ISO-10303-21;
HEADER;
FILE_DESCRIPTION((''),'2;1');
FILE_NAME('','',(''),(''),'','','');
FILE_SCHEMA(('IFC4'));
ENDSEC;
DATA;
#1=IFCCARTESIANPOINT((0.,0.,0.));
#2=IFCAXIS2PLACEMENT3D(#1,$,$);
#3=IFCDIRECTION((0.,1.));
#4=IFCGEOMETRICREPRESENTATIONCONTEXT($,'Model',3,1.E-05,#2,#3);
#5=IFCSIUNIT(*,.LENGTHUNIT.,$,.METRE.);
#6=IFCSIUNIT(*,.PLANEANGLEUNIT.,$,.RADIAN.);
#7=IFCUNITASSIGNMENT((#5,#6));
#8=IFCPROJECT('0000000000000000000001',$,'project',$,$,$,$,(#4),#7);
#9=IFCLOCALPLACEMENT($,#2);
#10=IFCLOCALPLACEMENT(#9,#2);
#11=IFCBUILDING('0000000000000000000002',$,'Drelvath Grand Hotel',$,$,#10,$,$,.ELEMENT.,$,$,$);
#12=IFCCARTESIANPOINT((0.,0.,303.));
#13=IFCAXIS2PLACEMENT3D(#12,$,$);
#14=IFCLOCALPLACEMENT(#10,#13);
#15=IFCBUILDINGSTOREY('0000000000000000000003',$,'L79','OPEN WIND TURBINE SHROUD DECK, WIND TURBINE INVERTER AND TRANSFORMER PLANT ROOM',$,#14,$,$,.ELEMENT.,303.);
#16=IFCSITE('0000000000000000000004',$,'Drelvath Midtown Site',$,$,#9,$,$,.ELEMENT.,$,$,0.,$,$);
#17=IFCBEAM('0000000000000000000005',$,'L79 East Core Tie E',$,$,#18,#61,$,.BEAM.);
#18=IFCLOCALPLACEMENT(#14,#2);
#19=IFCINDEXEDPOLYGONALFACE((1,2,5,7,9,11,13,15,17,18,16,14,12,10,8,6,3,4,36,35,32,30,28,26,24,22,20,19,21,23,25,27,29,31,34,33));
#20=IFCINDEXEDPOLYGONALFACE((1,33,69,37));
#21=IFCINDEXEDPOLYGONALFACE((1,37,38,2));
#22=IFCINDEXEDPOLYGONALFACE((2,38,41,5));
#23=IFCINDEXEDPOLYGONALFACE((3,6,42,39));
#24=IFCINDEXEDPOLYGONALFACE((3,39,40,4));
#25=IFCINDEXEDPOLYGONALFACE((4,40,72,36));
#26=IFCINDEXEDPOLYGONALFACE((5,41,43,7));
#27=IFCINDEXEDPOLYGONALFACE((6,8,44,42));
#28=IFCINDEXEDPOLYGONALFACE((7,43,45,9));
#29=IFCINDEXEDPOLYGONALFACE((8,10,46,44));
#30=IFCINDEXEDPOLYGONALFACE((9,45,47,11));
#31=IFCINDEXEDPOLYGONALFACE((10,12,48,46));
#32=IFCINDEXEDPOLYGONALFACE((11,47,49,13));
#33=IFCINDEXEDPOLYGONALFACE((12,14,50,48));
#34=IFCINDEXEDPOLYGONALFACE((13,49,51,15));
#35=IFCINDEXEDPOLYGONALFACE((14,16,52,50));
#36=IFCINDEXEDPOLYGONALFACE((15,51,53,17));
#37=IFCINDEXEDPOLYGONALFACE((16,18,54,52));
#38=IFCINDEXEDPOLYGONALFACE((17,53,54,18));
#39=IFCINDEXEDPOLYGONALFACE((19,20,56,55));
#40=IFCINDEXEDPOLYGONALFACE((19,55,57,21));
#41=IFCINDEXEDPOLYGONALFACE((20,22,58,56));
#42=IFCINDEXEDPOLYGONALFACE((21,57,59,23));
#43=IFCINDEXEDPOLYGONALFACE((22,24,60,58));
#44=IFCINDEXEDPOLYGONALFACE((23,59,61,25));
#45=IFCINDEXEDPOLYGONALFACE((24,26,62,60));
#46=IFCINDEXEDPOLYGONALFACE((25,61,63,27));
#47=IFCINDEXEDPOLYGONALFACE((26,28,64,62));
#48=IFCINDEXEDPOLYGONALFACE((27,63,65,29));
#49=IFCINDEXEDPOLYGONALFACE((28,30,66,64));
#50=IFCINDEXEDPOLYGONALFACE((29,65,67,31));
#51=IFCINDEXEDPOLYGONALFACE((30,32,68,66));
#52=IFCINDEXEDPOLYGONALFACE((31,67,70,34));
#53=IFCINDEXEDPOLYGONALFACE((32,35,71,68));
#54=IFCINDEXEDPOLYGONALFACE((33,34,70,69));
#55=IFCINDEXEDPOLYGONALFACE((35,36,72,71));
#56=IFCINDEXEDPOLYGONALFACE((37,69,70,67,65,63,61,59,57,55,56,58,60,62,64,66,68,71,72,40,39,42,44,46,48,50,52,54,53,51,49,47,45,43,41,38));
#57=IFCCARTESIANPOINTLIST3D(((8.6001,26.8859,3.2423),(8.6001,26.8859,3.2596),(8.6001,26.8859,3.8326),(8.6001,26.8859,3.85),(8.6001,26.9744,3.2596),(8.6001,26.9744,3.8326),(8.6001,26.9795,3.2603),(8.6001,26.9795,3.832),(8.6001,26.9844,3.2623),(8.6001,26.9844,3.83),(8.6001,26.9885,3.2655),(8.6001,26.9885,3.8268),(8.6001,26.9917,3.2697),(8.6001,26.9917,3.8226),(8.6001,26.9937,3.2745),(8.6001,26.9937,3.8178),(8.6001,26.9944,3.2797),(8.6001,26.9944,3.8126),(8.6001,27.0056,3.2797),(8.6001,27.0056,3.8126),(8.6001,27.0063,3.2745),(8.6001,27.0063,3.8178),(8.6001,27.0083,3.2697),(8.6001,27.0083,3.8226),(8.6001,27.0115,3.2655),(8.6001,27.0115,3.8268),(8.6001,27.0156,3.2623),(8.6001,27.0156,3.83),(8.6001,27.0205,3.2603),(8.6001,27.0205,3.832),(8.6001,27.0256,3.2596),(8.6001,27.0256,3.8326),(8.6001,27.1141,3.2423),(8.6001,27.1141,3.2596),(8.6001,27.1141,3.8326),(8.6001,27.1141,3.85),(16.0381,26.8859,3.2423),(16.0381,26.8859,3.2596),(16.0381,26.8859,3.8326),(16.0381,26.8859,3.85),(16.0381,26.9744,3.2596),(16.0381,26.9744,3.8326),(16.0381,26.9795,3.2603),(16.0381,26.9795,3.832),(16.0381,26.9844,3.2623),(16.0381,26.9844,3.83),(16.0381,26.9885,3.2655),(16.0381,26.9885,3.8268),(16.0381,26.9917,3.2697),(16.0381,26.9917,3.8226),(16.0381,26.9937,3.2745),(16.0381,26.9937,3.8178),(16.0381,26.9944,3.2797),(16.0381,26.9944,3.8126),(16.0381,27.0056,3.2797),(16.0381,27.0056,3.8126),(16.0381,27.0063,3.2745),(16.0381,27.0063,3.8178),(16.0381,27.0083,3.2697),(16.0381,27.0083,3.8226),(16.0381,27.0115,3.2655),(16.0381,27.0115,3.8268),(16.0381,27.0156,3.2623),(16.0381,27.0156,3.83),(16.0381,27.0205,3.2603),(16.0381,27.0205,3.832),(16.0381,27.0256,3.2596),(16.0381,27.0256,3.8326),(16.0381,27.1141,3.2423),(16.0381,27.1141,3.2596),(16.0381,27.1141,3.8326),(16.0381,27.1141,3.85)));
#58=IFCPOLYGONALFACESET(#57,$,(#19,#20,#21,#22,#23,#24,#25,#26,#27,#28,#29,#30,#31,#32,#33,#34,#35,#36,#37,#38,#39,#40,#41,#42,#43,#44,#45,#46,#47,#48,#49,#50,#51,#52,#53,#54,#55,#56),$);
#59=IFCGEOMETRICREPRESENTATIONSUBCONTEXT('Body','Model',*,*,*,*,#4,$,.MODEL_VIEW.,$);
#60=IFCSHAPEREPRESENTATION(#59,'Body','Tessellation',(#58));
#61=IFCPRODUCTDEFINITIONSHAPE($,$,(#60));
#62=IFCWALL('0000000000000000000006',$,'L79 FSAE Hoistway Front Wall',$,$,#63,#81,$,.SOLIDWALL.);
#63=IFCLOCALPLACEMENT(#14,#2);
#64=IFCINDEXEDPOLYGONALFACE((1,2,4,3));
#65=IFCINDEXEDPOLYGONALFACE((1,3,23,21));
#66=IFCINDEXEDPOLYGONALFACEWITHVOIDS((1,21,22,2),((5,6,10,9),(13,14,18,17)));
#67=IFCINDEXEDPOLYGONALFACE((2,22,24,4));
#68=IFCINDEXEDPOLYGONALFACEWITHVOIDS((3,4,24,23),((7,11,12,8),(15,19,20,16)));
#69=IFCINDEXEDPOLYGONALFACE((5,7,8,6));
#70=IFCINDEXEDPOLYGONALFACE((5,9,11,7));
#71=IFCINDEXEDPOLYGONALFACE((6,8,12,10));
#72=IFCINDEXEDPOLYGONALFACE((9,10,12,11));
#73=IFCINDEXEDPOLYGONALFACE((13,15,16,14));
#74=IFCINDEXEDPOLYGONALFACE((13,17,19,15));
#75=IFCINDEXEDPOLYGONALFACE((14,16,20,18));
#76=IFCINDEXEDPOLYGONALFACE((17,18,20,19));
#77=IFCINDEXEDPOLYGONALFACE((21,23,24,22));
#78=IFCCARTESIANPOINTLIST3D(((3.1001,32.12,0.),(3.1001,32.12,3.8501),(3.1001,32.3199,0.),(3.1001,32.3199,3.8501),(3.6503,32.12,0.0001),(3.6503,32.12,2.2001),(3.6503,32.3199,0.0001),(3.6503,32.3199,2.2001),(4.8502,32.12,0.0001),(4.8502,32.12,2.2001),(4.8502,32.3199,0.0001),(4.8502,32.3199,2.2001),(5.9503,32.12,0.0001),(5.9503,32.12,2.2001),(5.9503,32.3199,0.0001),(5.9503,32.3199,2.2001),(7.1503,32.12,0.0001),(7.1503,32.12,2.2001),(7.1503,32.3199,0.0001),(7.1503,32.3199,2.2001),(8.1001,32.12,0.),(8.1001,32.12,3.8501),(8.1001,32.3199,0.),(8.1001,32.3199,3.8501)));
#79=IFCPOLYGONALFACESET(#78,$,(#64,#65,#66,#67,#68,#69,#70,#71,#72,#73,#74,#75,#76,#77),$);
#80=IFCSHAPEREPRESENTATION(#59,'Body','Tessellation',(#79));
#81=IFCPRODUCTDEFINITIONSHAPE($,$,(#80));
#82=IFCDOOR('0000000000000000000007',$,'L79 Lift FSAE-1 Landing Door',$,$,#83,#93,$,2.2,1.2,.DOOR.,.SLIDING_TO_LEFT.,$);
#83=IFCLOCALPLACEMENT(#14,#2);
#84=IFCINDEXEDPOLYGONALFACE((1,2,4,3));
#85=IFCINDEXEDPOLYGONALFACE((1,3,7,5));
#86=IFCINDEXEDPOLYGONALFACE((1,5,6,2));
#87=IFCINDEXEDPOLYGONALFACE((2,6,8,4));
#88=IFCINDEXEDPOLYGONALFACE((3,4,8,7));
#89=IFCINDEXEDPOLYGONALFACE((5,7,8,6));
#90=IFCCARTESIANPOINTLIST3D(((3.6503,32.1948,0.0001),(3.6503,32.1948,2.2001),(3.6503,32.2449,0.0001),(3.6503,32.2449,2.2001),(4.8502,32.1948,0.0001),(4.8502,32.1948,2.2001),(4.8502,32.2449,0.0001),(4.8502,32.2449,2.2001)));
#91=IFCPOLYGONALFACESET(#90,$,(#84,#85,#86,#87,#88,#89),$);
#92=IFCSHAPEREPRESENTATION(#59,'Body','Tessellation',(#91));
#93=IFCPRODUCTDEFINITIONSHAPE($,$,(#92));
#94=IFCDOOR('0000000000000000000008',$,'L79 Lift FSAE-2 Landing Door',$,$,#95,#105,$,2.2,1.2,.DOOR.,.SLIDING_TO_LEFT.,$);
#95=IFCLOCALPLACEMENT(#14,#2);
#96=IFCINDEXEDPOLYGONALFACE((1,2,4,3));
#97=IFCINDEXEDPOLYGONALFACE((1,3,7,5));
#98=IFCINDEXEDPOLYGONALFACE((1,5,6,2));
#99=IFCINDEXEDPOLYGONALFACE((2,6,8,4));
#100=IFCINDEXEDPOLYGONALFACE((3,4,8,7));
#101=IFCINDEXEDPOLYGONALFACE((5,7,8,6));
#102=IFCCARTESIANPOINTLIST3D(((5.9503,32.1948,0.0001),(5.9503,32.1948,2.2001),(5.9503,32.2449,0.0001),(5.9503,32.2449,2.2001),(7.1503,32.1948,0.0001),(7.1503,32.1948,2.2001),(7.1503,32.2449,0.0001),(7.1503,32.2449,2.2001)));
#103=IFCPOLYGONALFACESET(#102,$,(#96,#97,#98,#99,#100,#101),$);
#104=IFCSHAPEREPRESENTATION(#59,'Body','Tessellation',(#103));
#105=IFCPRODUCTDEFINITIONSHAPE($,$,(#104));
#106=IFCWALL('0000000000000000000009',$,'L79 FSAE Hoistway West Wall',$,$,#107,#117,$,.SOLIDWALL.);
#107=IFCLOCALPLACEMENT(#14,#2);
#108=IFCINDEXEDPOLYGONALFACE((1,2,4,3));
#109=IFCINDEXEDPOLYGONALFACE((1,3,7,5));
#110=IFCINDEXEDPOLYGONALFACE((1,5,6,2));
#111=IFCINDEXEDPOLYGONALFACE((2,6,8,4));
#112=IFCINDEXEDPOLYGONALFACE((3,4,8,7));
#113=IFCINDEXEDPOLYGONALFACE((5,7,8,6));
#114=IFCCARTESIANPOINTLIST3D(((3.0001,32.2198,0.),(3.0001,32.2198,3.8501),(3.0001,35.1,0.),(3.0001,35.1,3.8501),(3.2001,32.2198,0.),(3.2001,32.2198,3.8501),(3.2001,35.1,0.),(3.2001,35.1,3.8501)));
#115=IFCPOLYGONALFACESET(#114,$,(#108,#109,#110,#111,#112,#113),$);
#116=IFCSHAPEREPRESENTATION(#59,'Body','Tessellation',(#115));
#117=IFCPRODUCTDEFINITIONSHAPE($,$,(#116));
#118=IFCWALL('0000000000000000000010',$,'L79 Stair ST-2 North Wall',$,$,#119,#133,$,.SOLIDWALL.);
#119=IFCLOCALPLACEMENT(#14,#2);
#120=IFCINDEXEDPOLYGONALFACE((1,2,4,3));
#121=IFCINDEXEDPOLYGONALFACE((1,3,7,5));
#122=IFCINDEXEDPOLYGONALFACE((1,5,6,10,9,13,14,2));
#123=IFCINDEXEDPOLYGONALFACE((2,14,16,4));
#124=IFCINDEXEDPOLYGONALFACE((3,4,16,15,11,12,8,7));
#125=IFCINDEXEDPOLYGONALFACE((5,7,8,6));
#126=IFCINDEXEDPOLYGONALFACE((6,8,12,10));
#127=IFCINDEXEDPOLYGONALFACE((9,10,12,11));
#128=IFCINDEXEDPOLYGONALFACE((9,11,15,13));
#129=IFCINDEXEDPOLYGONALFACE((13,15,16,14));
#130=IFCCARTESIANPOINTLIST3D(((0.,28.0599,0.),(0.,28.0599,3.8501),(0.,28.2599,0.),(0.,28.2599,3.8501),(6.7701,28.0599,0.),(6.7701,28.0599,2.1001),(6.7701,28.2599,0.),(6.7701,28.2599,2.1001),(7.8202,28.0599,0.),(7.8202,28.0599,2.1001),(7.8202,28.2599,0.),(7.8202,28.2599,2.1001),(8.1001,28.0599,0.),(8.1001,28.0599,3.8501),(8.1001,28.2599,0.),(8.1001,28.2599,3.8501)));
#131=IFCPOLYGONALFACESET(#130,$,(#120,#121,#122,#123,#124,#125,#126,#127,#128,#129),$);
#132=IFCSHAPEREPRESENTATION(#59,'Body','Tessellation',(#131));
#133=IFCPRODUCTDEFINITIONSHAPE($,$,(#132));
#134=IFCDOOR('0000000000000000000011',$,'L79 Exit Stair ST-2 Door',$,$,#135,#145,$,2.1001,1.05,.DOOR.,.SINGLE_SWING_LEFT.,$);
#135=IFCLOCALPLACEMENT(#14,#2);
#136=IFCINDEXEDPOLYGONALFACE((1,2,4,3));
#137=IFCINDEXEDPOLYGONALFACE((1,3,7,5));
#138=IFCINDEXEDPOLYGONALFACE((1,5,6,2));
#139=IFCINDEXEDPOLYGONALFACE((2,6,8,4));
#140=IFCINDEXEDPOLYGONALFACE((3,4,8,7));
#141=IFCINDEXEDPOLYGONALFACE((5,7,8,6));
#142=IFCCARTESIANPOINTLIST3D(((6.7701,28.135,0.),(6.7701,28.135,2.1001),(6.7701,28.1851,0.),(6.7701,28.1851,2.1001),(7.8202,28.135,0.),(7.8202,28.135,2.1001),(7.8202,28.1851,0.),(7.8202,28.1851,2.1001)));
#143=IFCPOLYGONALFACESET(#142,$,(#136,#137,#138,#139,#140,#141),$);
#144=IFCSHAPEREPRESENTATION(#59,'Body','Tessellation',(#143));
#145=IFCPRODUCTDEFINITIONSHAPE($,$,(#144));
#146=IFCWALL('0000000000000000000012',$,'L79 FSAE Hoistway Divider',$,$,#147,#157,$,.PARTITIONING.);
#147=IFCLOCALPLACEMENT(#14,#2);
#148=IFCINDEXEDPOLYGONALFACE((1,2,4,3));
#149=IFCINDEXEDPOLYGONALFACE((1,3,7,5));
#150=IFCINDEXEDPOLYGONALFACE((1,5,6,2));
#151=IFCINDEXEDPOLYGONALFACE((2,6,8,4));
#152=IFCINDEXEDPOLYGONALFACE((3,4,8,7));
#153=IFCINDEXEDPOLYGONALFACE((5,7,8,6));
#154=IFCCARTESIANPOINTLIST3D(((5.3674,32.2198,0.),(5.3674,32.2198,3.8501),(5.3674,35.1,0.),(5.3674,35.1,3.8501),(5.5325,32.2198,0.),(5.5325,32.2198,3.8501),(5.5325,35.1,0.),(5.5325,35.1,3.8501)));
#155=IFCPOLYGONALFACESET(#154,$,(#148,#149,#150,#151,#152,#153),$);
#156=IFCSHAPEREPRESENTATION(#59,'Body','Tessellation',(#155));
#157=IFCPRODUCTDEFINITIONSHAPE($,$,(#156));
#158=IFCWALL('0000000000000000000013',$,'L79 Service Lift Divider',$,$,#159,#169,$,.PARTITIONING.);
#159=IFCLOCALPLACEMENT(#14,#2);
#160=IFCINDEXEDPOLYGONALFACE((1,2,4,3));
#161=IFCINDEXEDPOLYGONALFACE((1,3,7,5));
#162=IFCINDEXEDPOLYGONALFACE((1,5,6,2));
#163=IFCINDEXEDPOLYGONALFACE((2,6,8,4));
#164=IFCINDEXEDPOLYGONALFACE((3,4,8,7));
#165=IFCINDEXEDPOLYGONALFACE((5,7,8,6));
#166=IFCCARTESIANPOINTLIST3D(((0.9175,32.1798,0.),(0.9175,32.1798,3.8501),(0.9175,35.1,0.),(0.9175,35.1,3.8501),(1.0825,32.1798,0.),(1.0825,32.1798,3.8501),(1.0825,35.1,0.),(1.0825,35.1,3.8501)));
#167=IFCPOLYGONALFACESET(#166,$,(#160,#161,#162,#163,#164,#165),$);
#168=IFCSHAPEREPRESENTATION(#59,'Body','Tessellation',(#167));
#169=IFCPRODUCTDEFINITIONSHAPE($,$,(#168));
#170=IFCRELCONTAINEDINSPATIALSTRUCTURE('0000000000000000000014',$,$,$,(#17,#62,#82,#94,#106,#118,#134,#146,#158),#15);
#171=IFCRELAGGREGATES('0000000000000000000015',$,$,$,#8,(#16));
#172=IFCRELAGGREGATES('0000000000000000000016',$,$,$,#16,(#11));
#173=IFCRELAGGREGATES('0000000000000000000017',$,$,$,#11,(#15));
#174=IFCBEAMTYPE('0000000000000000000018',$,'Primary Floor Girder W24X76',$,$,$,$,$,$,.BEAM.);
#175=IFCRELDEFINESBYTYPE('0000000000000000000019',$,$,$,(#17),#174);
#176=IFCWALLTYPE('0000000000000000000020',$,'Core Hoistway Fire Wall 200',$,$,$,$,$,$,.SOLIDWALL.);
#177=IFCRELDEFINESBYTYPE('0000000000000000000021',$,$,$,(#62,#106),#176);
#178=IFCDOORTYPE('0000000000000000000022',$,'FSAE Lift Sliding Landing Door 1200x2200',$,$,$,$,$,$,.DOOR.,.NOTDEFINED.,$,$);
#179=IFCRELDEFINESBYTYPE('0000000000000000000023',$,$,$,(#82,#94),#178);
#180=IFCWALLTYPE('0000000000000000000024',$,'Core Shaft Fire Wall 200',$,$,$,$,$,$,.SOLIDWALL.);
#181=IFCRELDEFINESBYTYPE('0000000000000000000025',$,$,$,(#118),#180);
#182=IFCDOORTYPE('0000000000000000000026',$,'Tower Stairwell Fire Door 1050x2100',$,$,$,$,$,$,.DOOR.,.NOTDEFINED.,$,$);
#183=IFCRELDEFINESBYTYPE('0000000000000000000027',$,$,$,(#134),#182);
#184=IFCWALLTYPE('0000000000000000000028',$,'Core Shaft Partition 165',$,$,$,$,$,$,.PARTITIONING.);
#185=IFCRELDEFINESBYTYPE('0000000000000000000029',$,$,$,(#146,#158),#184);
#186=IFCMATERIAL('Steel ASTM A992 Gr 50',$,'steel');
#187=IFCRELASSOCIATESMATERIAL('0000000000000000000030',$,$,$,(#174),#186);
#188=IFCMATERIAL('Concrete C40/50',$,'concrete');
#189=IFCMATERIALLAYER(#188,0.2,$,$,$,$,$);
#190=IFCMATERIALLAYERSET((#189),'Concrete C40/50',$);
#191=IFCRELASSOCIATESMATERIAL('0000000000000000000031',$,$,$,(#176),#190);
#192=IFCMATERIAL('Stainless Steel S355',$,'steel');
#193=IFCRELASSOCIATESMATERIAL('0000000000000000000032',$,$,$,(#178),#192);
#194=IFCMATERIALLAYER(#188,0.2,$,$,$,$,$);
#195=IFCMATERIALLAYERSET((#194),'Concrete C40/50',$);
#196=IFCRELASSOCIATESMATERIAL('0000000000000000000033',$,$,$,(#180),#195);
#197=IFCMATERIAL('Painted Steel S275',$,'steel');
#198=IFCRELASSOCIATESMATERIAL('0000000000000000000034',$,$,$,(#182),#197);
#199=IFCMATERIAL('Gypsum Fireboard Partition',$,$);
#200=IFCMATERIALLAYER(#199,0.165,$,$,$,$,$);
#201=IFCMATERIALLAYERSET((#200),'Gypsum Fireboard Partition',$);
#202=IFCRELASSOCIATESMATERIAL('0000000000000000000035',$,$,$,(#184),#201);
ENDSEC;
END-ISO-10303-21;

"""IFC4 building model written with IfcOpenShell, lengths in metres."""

from ifc_helpers import new_model, si_unit, direction, frame, frame_2d, origin, origin_2d, place, context, subcontext, project, spatial, rectangle, i_section, extrude, material, layer, layer_set, material_profile, profile_set, type_object, element, fill, save


model = new_model("IFC4")

# Units and contexts
model_context = context("Model", 3, precision=1e-05, world=origin(), true_north=direction((0.0, 1.0)))
body_context = subcontext(model_context, "Body", "Model", "MODEL_VIEW")
ifc_project = project(units=[si_unit("LENGTHUNIT", "METRE"), si_unit("PLANEANGLEUNIT", "RADIAN")], contexts=[model_context])

# Site, building, storey
site_placement = place(None, origin())
site = spatial("IfcSite", under=ifc_project, at=site_placement, Name="Drelvath Midtown Site", CompositionType="ELEMENT", RefElevation=0.0)
building_placement = place(site_placement, origin())
building = spatial("IfcBuilding", under=site, at=building_placement, Name="Drelvath Grand Hotel", CompositionType="ELEMENT")
storey_placement = place(building_placement, frame((0.0, 0.0, 303.0)))
storey = spatial("IfcBuildingStorey", under=building, at=storey_placement, Name="L79", Description="OPEN WIND TURBINE SHROUD DECK, WIND TURBINE INVERTER AND TRANSFORMER PLANT ROOM", CompositionType="ELEMENT", Elevation=303.0)

# Beam
ifc_material_1 = material(Name="Steel ASTM A992 Gr 50", Category="steel")
ifc_material_profile_1 = material_profile(ifc_material_1, i_section(OverallWidth=0.2283, OverallDepth=0.6077, WebThickness=0.0112, FlangeThickness=0.0173, FilletRadius=0.02, at=origin_2d()), Name="W24X76")
ifc_profile_set_1 = profile_set([ifc_material_profile_1], Name="Steel ASTM A992 Gr 50")
beam_type_1 = type_object("IfcBeamType", Name="Primary Floor Girder W24X76", PredefinedType="BEAM", material=ifc_profile_set_1)
beam_1_placement = place(storey_placement, frame((8.6001, 27.0, 3.5461), z_axis=(1.0, 0.0, 0.0), x_axis=(0.0, 1.0, 0.0)))
element("IfcBeam", 1, at=beam_1_placement, inside=storey, type_object=beam_type_1, Name="L79 East Core Tie E", PredefinedType="BEAM", context=body_context, shape_type="SweptSolid", body=[
    extrude(i_section(OverallWidth=0.2283, OverallDepth=0.6077, WebThickness=0.0112, FlangeThickness=0.0173, FilletRadius=0.02, at=origin_2d()), origin(), (0.0, 0.0, 1.0), 7.438),
])

# Wall, openings, doors
ifc_material_2 = material(Name="Concrete C40/50", Category="concrete")
ifc_layer_1 = layer(ifc_material_2, 0.2)
ifc_layer_set_1 = layer_set([ifc_layer_1], Name="Concrete C40/50")
wall_type_1 = type_object("IfcWallType", Name="Core Hoistway Fire Wall 200", PredefinedType="SOLIDWALL", material=ifc_layer_set_1)
wall_1_placement = place(storey_placement, frame((3.1001, 32.22, 0.0), z_axis=(0.0, 0.0, 1.0), x_axis=(1.0, 0.0, 0.0)))
wall_1 = element("IfcWall", 2, at=wall_1_placement, inside=storey, type_object=wall_type_1, Name="L79 FSAE Hoistway Front Wall", PredefinedType="SOLIDWALL", context=body_context, shape_type="SweptSolid", body=[
    extrude(rectangle(XDim=5.0, YDim=0.2, at=frame_2d((2.5, 0.0))), origin(), (0.0, 0.0, 1.0), 3.8501),
])
opening_1_placement = place(wall_1_placement, frame((0.55, 0.0, 0.0)))
opening_1 = element("IfcOpeningElement", 3, at=opening_1_placement, cuts=wall_1, PredefinedType="OPENING", context=body_context, shape_type="SweptSolid", body=[
    extrude(rectangle(XDim=1.2, YDim=2.2, at=frame_2d((0.6001, 1.1001))), frame((0.0, 0.1099, 0.0), z_axis=(0.0, -1.0, 0.0), x_axis=(1.0, 0.0, 0.0)), (0.0, 0.0, 1.0), 0.22),
])
opening_2_placement = place(wall_1_placement, frame((2.8501, 0.0, 0.0)))
opening_2 = element("IfcOpeningElement", 4, at=opening_2_placement, cuts=wall_1, PredefinedType="OPENING", context=body_context, shape_type="SweptSolid", body=[
    extrude(rectangle(XDim=1.2, YDim=2.2, at=frame_2d((0.6001, 1.1001))), frame((0.0, 0.1099, 0.0), z_axis=(0.0, -1.0, 0.0), x_axis=(1.0, 0.0, 0.0)), (0.0, 0.0, 1.0), 0.22),
])
ifc_material_3 = material(Name="Stainless Steel S355", Category="steel")
door_type_1 = type_object("IfcDoorType", Name="FSAE Lift Sliding Landing Door 1200x2200", OperationType="NOTDEFINED", PredefinedType="DOOR", material=ifc_material_3)
door_1_placement = place(opening_1_placement, origin())
door_1 = element("IfcDoor", 5, at=door_1_placement, inside=storey, type_object=door_type_1, Name="L79 Lift FSAE-1 Landing Door", OperationType="SLIDING_TO_LEFT", OverallHeight=2.2, OverallWidth=1.2, PredefinedType="DOOR", context=body_context, shape_type="SweptSolid", body=[
    extrude(rectangle(XDim=1.2, YDim=2.2, at=frame_2d((0.6001, 1.1001))), frame((0.0, 0.0249, 0.0), z_axis=(0.0, -1.0, 0.0), x_axis=(1.0, 0.0, 0.0)), (0.0, 0.0, 1.0), 0.05),
])
fill(opening_1, door_1)
door_2_placement = place(opening_2_placement, origin())
door_2 = element("IfcDoor", 6, at=door_2_placement, inside=storey, type_object=door_type_1, Name="L79 Lift FSAE-2 Landing Door", OperationType="SLIDING_TO_LEFT", OverallHeight=2.2, OverallWidth=1.2, PredefinedType="DOOR", context=body_context, shape_type="SweptSolid", body=[
    extrude(rectangle(XDim=1.2, YDim=2.2, at=frame_2d((0.6001, 1.1001))), frame((0.0, 0.0249, 0.0), z_axis=(0.0, -1.0, 0.0), x_axis=(1.0, 0.0, 0.0)), (0.0, 0.0, 1.0), 0.05),
])
fill(opening_2, door_2)

# Wall
wall_2_placement = place(storey_placement, frame((3.1001, 32.22, 0.0), z_axis=(0.0, 0.0, 1.0), x_axis=(0.0, 1.0, 0.0)))
element("IfcWall", 7, at=wall_2_placement, inside=storey, type_object=wall_type_1, Name="L79 FSAE Hoistway West Wall", PredefinedType="SOLIDWALL", context=body_context, shape_type="SweptSolid", body=[
    extrude(rectangle(XDim=2.8801, YDim=0.2, at=frame_2d((1.4399, 0.0))), origin(), (0.0, 0.0, 1.0), 3.8501),
])

# Wall, opening, door
ifc_layer_2 = layer(ifc_material_2, 0.2)
ifc_layer_set_2 = layer_set([ifc_layer_2], Name="Concrete C40/50")
wall_type_2 = type_object("IfcWallType", Name="Core Shaft Fire Wall 200", PredefinedType="SOLIDWALL", material=ifc_layer_set_2)
wall_3_placement = place(storey_placement, frame((8.1001, 28.1599, 0.0), z_axis=(0.0, 0.0, 1.0), x_axis=(-1.0, 0.0, 0.0)))
wall_3 = element("IfcWall", 8, at=wall_3_placement, inside=storey, type_object=wall_type_2, Name="L79 Stair ST-2 North Wall", PredefinedType="SOLIDWALL", context=body_context, shape_type="SweptSolid", body=[
    extrude(rectangle(XDim=8.1001, YDim=0.2, at=frame_2d((4.05, 0.0))), origin(), (0.0, 0.0, 1.0), 3.8501),
])
opening_3_placement = place(wall_3_placement, frame((0.28, 0.0, 0.0)))
opening_3 = element("IfcOpeningElement", 9, at=opening_3_placement, cuts=wall_3, PredefinedType="OPENING", context=body_context, shape_type="SweptSolid", body=[
    extrude(rectangle(XDim=1.05, YDim=2.1001, at=frame_2d((0.5249, 1.05))), frame((0.0, 0.1099, 0.0), z_axis=(0.0, -1.0, 0.0), x_axis=(1.0, 0.0, 0.0)), (0.0, 0.0, 1.0), 0.22),
])
ifc_material_4 = material(Name="Painted Steel S275", Category="steel")
door_type_2 = type_object("IfcDoorType", Name="Tower Stairwell Fire Door 1050x2100", OperationType="NOTDEFINED", PredefinedType="DOOR", material=ifc_material_4)
door_3_placement = place(opening_3_placement, origin())
door_3 = element("IfcDoor", 10, at=door_3_placement, inside=storey, type_object=door_type_2, Name="L79 Exit Stair ST-2 Door", OperationType="SINGLE_SWING_LEFT", OverallHeight=2.1001, OverallWidth=1.05, PredefinedType="DOOR", context=body_context, shape_type="SweptSolid", body=[
    extrude(rectangle(XDim=1.05, YDim=2.1001, at=frame_2d((0.5249, 1.05))), frame((0.0, 0.0249, 0.0), z_axis=(0.0, -1.0, 0.0), x_axis=(1.0, 0.0, 0.0)), (0.0, 0.0, 1.0), 0.05),
])
fill(opening_3, door_3)

# Walls
ifc_material_5 = material(Name="Gypsum Fireboard Partition")
ifc_layer_3 = layer(ifc_material_5, 0.165)
ifc_layer_set_3 = layer_set([ifc_layer_3], Name="Gypsum Fireboard Partition")
wall_type_3 = type_object("IfcWallType", Name="Core Shaft Partition 165", PredefinedType="PARTITIONING", material=ifc_layer_set_3)
wall_4_placement = place(storey_placement, frame((5.45, 32.22, 0.0), z_axis=(0.0, 0.0, 1.0), x_axis=(0.0, 1.0, 0.0)))
element("IfcWall", 11, at=wall_4_placement, inside=storey, type_object=wall_type_3, Name="L79 FSAE Hoistway Divider", PredefinedType="PARTITIONING", context=body_context, shape_type="SweptSolid", body=[
    extrude(rectangle(XDim=2.8801, YDim=0.165, at=frame_2d((1.4399, 0.0))), origin(), (0.0, 0.0, 1.0), 3.8501),
])
wall_5_placement = place(storey_placement, frame((1.0, 32.1799, 0.0), z_axis=(0.0, 0.0, 1.0), x_axis=(0.0, 1.0, 0.0)))
element("IfcWall", 12, at=wall_5_placement, inside=storey, type_object=wall_type_3, Name="L79 Service Lift Divider", PredefinedType="PARTITIONING", context=body_context, shape_type="SweptSolid", body=[
    extrude(rectangle(XDim=2.9202, YDim=0.165, at=frame_2d((1.46, 0.0))), origin(), (0.0, 0.0, 1.0), 3.8501),
])

save(model, "model.ifc")
